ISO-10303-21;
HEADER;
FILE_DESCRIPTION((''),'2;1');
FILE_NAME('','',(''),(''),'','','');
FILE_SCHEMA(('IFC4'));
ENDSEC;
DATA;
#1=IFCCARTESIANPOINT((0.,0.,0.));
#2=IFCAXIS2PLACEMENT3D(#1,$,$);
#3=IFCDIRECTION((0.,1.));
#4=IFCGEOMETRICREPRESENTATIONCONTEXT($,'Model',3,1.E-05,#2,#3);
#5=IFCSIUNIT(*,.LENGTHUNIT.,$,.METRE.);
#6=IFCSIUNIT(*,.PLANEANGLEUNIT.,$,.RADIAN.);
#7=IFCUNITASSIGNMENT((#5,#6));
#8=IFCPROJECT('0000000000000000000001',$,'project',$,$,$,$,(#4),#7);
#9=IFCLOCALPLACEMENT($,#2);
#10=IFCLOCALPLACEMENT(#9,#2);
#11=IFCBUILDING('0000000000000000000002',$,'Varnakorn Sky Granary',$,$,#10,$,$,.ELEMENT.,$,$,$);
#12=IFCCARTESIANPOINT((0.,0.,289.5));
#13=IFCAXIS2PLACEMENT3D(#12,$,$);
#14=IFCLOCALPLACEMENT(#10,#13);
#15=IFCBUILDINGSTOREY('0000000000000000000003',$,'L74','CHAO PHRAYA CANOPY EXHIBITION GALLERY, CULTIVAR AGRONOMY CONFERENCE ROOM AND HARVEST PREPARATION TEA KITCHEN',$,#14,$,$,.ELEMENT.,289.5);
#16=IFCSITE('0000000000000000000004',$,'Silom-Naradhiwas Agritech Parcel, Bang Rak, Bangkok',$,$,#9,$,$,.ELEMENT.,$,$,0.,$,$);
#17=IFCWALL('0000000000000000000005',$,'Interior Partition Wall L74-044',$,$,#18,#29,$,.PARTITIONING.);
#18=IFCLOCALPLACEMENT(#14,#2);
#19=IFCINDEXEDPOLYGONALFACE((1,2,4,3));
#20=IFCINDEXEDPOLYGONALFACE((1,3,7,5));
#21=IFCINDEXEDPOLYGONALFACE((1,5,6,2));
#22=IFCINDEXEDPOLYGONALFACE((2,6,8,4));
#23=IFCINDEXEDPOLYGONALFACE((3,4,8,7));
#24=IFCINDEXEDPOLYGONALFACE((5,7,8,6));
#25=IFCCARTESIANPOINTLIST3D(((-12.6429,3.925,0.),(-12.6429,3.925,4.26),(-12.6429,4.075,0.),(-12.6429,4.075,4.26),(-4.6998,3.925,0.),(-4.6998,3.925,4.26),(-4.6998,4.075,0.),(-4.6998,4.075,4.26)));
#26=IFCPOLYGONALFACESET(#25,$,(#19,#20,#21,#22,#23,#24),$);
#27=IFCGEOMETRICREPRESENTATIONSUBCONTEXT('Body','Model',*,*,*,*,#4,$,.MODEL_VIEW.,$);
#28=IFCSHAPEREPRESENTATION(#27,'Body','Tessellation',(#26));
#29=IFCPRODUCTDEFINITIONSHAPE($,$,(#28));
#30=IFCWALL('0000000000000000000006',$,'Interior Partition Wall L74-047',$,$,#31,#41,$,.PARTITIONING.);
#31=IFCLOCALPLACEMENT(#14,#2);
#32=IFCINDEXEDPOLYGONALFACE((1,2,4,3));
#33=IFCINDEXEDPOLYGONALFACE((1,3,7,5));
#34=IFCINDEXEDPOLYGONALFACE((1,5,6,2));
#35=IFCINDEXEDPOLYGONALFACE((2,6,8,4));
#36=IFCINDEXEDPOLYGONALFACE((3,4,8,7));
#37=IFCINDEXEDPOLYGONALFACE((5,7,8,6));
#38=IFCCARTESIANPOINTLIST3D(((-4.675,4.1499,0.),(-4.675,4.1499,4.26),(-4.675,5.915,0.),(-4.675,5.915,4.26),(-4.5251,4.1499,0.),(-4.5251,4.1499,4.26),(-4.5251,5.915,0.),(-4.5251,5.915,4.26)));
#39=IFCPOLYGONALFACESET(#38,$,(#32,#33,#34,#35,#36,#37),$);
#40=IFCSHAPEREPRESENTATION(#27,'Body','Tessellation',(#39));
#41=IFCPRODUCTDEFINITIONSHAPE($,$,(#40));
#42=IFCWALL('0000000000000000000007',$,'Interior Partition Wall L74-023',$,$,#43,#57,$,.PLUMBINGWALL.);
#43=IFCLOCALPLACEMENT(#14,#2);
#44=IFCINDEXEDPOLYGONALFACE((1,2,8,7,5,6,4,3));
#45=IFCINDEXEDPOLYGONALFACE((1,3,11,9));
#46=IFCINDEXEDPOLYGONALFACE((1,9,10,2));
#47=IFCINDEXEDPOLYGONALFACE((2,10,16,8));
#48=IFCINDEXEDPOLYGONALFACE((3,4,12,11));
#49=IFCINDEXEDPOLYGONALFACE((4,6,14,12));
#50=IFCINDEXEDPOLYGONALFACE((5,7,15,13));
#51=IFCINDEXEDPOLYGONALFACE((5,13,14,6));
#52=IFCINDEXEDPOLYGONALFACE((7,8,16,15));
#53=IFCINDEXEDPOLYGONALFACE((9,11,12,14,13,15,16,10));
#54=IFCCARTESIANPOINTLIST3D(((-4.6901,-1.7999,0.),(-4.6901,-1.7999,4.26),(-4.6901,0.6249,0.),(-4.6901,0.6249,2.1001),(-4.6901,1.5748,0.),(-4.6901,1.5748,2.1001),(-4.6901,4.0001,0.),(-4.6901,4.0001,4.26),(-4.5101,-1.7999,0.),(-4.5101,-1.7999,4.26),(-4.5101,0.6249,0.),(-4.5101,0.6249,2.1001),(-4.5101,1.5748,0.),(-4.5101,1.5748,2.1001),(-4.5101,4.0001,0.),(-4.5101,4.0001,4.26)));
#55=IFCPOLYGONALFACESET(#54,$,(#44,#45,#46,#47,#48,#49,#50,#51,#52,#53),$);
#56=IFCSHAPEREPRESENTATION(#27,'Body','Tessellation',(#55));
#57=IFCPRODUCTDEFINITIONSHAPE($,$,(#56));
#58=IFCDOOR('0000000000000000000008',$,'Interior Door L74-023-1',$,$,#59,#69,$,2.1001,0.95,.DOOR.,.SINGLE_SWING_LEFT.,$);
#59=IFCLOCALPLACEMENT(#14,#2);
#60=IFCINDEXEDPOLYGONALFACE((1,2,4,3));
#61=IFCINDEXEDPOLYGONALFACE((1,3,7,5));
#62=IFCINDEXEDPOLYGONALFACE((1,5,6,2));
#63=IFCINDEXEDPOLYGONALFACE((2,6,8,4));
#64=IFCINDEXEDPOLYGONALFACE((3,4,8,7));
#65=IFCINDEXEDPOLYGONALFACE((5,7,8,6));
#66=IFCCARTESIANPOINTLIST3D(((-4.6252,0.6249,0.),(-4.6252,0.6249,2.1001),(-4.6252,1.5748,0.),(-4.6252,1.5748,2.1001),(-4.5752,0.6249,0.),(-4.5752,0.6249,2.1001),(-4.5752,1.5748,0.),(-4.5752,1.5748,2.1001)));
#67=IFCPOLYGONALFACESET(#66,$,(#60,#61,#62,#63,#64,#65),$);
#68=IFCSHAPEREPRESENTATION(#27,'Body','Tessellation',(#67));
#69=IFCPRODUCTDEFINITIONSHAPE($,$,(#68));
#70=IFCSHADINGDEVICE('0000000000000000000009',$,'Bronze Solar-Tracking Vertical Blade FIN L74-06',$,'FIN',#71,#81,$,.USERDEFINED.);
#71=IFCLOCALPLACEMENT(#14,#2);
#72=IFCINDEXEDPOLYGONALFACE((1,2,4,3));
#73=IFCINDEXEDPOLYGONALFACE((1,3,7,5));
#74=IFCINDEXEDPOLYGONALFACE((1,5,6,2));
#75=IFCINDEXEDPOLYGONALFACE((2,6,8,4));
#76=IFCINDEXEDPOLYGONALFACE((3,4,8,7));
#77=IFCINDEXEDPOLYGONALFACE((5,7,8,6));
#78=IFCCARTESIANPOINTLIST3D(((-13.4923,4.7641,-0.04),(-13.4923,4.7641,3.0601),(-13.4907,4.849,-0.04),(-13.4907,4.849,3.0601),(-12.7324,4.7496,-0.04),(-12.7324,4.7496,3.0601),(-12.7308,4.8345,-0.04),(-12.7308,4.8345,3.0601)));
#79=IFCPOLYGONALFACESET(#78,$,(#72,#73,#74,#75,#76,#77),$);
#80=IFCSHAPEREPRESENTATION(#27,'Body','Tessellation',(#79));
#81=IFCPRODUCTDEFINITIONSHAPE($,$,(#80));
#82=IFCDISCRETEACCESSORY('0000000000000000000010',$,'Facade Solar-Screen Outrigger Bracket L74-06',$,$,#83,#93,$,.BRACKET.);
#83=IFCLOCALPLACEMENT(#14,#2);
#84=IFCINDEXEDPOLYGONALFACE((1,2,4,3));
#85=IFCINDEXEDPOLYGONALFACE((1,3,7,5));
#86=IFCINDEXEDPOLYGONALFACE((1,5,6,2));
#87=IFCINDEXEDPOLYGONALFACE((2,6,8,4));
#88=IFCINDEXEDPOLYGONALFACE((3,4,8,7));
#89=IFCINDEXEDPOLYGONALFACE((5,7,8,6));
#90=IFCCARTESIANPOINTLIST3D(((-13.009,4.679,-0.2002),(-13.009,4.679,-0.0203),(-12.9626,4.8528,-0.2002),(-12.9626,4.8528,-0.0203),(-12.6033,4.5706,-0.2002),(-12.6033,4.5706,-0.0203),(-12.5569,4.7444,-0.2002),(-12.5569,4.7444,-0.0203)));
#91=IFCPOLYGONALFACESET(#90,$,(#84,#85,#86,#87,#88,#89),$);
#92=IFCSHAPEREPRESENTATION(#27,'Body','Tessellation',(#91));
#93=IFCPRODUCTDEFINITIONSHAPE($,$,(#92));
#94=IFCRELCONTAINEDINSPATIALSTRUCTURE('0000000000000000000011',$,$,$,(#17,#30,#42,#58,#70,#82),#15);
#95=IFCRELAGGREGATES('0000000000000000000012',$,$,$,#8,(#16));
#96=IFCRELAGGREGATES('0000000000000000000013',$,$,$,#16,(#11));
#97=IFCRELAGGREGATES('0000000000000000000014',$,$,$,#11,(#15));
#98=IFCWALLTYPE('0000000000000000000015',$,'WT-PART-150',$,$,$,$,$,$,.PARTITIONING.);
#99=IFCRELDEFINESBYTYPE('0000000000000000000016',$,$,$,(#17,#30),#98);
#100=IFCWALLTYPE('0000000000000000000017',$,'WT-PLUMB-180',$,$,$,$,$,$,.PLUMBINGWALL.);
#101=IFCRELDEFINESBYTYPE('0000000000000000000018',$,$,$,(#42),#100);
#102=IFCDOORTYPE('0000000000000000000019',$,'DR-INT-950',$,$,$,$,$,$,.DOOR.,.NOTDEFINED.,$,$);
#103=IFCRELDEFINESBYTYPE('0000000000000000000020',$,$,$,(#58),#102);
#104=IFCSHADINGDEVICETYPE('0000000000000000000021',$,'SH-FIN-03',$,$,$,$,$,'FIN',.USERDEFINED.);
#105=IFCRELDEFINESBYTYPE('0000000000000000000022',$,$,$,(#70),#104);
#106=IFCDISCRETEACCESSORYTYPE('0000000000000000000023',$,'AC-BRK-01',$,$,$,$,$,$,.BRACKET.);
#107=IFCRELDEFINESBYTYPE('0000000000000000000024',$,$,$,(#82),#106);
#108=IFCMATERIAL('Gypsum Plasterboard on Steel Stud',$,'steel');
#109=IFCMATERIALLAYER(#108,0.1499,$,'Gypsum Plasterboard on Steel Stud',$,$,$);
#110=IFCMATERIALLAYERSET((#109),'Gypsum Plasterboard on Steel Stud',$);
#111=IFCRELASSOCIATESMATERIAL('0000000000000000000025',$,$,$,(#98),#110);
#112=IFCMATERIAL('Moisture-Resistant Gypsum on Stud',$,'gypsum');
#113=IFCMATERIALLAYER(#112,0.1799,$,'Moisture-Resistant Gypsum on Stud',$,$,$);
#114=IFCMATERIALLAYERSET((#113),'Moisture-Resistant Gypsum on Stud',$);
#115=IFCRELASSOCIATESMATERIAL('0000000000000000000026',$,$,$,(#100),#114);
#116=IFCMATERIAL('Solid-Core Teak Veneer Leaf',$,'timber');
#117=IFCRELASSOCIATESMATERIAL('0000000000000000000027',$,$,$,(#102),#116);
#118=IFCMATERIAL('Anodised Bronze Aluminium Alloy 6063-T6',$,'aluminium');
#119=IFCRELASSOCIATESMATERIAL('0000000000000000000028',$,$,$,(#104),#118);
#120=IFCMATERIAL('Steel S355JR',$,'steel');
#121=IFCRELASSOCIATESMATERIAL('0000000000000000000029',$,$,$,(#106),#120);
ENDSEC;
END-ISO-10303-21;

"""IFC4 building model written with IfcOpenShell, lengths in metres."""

from ifc_helpers import new_model, si_unit, direction, frame, frame_2d, origin, origin_2d, place, context, subcontext, project, spatial, rectangle, extrude, source, transform, mapped, material, layer, layer_set, type_object, type_shapes, element, fill, save


model = new_model("IFC4")

# Units and contexts
model_context = context("Model", 3, precision=1e-05, world=origin(), true_north=direction((0.0, 1.0)))
body_context = subcontext(model_context, "Body", "Model", "MODEL_VIEW")
ifc_project = project(units=[si_unit("LENGTHUNIT", "METRE"), si_unit("PLANEANGLEUNIT", "RADIAN")], contexts=[model_context])

# Site, building, storey
site_placement = place(None, origin())
site = spatial("IfcSite", under=ifc_project, at=site_placement, Name="Silom-Naradhiwas Agritech Parcel, Bang Rak, Bangkok", CompositionType="ELEMENT", RefElevation=0.0)
building_placement = place(site_placement, origin())
building = spatial("IfcBuilding", under=site, at=building_placement, Name="Varnakorn Sky Granary", CompositionType="ELEMENT")
storey_placement = place(building_placement, frame((0.0, 0.0, 289.5)))
storey = spatial("IfcBuildingStorey", under=building, at=storey_placement, Name="L74", Description="CHAO PHRAYA CANOPY EXHIBITION GALLERY, CULTIVAR AGRONOMY CONFERENCE ROOM AND HARVEST PREPARATION TEA KITCHEN", CompositionType="ELEMENT", Elevation=289.5)

# Shared definitions
ifc_material_1 = material(Name="Steel S355JR", Category="steel")

# Shared definitions
ifc_material_2 = material(Name="Anodised Bronze Aluminium Alloy 6063-T6", Category="aluminium")

# Walls
ifc_material_3 = material(Name="Gypsum Plasterboard on Steel Stud", Category="steel")
ifc_layer_1 = layer(ifc_material_3, 0.1499, Name="Gypsum Plasterboard on Steel Stud")
ifc_layer_set_1 = layer_set([ifc_layer_1], Name="Gypsum Plasterboard on Steel Stud")
wall_type_1 = type_object("IfcWallType", Name="WT-PART-150", PredefinedType="PARTITIONING", material=ifc_layer_set_1)
wall_1_placement = place(storey_placement, frame((-12.6431, 4.0, 0.0), z_axis=(0.0, 0.0, 1.0), x_axis=(1.0, 0.0, 0.0)))
element("IfcWall", 1, at=wall_1_placement, inside=storey, type_object=wall_type_1, Name="Interior Partition Wall L74-044", PredefinedType="PARTITIONING", context=body_context, shape_type="SweptSolid", body=[
    extrude(rectangle(XDim=7.9431, YDim=0.1499, at=frame_2d((3.9717, 0.0))), origin(), (0.0, 0.0, 1.0), 4.26),
])
wall_2_placement = place(storey_placement, frame((-4.6001, 5.915, 0.0), z_axis=(0.0, 0.0, 1.0), x_axis=(0.0, -1.0, 0.0)))
element("IfcWall", 2, at=wall_2_placement, inside=storey, type_object=wall_type_1, Name="Interior Partition Wall L74-047", PredefinedType="PARTITIONING", context=body_context, shape_type="SweptSolid", body=[
    extrude(rectangle(XDim=1.7651, YDim=0.1499, at=frame_2d((0.8826, 0.0))), origin(), (0.0, 0.0, 1.0), 4.26),
])

# Wall, opening, door
ifc_material_4 = material(Name="Moisture-Resistant Gypsum on Stud", Category="gypsum")
ifc_layer_2 = layer(ifc_material_4, 0.1799, Name="Moisture-Resistant Gypsum on Stud")
ifc_layer_set_2 = layer_set([ifc_layer_2], Name="Moisture-Resistant Gypsum on Stud")
wall_type_2 = type_object("IfcWallType", Name="WT-PLUMB-180", PredefinedType="PLUMBINGWALL", material=ifc_layer_set_2)
wall_3_placement = place(storey_placement, frame((-4.6001, 4.0, 0.0), z_axis=(0.0, 0.0, 1.0), x_axis=(0.0, -1.0, 0.0)))
wall_3 = element("IfcWall", 3, at=wall_3_placement, inside=storey, type_object=wall_type_2, Name="Interior Partition Wall L74-023", PredefinedType="PLUMBINGWALL", context=body_context, shape_type="SweptSolid", body=[
    extrude(rectangle(XDim=5.8, YDim=0.1799, at=frame_2d((2.8999, 0.0))), origin(), (0.0, 0.0, 1.0), 4.26),
])
opening_placement = place(wall_3_placement, frame((2.425, 0.0, 0.0)))
opening = element("IfcOpeningElement", 4, at=opening_placement, cuts=wall_3, PredefinedType="OPENING", context=body_context, shape_type="SweptSolid", body=[
    extrude(rectangle(XDim=0.95, YDim=2.1001, at=frame_2d((0.4751, 1.05))), frame((0.0, 0.1001, 0.0), z_axis=(0.0, -1.0, 0.0), x_axis=(1.0, 0.0, 0.0)), (0.0, 0.0, 1.0), 0.2),
])
ifc_material_5 = material(Name="Solid-Core Teak Veneer Leaf", Category="timber")
door_type = type_object("IfcDoorType", Name="DR-INT-950", OperationType="NOTDEFINED", PredefinedType="DOOR", material=ifc_material_5)
door_placement = place(opening_placement, origin())
door = element("IfcDoor", 5, at=door_placement, inside=storey, type_object=door_type, Name="Interior Door L74-023-1", OperationType="SINGLE_SWING_LEFT", OverallHeight=2.1001, OverallWidth=0.95, PredefinedType="DOOR", context=body_context, shape_type="SweptSolid", body=[
    extrude(rectangle(XDim=0.95, YDim=2.1001, at=frame_2d((0.4751, 1.05))), frame((0.0, 0.0249, 0.0), z_axis=(0.0, -1.0, 0.0), x_axis=(1.0, 0.0, 0.0)), (0.0, 0.0, 1.0), 0.05),
])
fill(opening, door)

# Shading device
shading_device_type = type_object("IfcShadingDeviceType", Name="SH-FIN-03", ElementType="FIN", PredefinedType="USERDEFINED", material=ifc_material_2)
shared_shape_1 = source(origin(), body_context, "Body", "SweptSolid", [
    extrude(rectangle(XDim=0.085, YDim=0.76, at=origin_2d()), origin(), (0.0, 0.0, 1.0), 3.1001),
])
type_shapes(shading_device_type, [shared_shape_1])
shading_device_placement = place(storey_placement, frame((-13.1116, 4.7993, -0.04), z_axis=(0.0, 0.0, 1.0), x_axis=(-0.019073, -0.999818, 0.0)))
element("IfcShadingDevice", 6, at=shading_device_placement, inside=storey, type_object=shading_device_type, Name="Bronze Solar-Tracking Vertical Blade FIN L74-06", ObjectType="FIN", PredefinedType="USERDEFINED", context=body_context, shape_type="MappedRepresentation", body=[
    mapped(shared_shape_1, transform((0.0, 0.0, 0.0), x_axis=(1.0, 0.0, 0.0), y_axis=(0.0, 1.0, 0.0), z_axis=(0.0, 0.0, 1.0), scale=1.0)),
])

# Discrete accessory
discrete_accessory_type = type_object("IfcDiscreteAccessoryType", Name="AC-BRK-01", PredefinedType="BRACKET", material=ifc_material_1)
shared_shape_2 = source(origin(), body_context, "Body", "SweptSolid", [
    extrude(rectangle(XDim=0.1799, YDim=0.4199, at=origin_2d()), origin(), (0.0, 0.0, 1.0), 0.1799),
])
type_shapes(discrete_accessory_type, [shared_shape_2])
discrete_accessory_placement = place(storey_placement, frame((-12.783, 4.7117, -0.2002), z_axis=(0.0, 0.0, 1.0), x_axis=(-0.25815, -0.966105, 0.0)))
element("IfcDiscreteAccessory", 7, at=discrete_accessory_placement, inside=storey, type_object=discrete_accessory_type, Name="Facade Solar-Screen Outrigger Bracket L74-06", PredefinedType="BRACKET", context=body_context, shape_type="MappedRepresentation", body=[
    mapped(shared_shape_2, transform((0.0, 0.0, 0.0), x_axis=(1.0, 0.0, 0.0), y_axis=(0.0, 1.0, 0.0), z_axis=(0.0, 0.0, 1.0), scale=1.0)),
])

save(model, "model.ifc")
